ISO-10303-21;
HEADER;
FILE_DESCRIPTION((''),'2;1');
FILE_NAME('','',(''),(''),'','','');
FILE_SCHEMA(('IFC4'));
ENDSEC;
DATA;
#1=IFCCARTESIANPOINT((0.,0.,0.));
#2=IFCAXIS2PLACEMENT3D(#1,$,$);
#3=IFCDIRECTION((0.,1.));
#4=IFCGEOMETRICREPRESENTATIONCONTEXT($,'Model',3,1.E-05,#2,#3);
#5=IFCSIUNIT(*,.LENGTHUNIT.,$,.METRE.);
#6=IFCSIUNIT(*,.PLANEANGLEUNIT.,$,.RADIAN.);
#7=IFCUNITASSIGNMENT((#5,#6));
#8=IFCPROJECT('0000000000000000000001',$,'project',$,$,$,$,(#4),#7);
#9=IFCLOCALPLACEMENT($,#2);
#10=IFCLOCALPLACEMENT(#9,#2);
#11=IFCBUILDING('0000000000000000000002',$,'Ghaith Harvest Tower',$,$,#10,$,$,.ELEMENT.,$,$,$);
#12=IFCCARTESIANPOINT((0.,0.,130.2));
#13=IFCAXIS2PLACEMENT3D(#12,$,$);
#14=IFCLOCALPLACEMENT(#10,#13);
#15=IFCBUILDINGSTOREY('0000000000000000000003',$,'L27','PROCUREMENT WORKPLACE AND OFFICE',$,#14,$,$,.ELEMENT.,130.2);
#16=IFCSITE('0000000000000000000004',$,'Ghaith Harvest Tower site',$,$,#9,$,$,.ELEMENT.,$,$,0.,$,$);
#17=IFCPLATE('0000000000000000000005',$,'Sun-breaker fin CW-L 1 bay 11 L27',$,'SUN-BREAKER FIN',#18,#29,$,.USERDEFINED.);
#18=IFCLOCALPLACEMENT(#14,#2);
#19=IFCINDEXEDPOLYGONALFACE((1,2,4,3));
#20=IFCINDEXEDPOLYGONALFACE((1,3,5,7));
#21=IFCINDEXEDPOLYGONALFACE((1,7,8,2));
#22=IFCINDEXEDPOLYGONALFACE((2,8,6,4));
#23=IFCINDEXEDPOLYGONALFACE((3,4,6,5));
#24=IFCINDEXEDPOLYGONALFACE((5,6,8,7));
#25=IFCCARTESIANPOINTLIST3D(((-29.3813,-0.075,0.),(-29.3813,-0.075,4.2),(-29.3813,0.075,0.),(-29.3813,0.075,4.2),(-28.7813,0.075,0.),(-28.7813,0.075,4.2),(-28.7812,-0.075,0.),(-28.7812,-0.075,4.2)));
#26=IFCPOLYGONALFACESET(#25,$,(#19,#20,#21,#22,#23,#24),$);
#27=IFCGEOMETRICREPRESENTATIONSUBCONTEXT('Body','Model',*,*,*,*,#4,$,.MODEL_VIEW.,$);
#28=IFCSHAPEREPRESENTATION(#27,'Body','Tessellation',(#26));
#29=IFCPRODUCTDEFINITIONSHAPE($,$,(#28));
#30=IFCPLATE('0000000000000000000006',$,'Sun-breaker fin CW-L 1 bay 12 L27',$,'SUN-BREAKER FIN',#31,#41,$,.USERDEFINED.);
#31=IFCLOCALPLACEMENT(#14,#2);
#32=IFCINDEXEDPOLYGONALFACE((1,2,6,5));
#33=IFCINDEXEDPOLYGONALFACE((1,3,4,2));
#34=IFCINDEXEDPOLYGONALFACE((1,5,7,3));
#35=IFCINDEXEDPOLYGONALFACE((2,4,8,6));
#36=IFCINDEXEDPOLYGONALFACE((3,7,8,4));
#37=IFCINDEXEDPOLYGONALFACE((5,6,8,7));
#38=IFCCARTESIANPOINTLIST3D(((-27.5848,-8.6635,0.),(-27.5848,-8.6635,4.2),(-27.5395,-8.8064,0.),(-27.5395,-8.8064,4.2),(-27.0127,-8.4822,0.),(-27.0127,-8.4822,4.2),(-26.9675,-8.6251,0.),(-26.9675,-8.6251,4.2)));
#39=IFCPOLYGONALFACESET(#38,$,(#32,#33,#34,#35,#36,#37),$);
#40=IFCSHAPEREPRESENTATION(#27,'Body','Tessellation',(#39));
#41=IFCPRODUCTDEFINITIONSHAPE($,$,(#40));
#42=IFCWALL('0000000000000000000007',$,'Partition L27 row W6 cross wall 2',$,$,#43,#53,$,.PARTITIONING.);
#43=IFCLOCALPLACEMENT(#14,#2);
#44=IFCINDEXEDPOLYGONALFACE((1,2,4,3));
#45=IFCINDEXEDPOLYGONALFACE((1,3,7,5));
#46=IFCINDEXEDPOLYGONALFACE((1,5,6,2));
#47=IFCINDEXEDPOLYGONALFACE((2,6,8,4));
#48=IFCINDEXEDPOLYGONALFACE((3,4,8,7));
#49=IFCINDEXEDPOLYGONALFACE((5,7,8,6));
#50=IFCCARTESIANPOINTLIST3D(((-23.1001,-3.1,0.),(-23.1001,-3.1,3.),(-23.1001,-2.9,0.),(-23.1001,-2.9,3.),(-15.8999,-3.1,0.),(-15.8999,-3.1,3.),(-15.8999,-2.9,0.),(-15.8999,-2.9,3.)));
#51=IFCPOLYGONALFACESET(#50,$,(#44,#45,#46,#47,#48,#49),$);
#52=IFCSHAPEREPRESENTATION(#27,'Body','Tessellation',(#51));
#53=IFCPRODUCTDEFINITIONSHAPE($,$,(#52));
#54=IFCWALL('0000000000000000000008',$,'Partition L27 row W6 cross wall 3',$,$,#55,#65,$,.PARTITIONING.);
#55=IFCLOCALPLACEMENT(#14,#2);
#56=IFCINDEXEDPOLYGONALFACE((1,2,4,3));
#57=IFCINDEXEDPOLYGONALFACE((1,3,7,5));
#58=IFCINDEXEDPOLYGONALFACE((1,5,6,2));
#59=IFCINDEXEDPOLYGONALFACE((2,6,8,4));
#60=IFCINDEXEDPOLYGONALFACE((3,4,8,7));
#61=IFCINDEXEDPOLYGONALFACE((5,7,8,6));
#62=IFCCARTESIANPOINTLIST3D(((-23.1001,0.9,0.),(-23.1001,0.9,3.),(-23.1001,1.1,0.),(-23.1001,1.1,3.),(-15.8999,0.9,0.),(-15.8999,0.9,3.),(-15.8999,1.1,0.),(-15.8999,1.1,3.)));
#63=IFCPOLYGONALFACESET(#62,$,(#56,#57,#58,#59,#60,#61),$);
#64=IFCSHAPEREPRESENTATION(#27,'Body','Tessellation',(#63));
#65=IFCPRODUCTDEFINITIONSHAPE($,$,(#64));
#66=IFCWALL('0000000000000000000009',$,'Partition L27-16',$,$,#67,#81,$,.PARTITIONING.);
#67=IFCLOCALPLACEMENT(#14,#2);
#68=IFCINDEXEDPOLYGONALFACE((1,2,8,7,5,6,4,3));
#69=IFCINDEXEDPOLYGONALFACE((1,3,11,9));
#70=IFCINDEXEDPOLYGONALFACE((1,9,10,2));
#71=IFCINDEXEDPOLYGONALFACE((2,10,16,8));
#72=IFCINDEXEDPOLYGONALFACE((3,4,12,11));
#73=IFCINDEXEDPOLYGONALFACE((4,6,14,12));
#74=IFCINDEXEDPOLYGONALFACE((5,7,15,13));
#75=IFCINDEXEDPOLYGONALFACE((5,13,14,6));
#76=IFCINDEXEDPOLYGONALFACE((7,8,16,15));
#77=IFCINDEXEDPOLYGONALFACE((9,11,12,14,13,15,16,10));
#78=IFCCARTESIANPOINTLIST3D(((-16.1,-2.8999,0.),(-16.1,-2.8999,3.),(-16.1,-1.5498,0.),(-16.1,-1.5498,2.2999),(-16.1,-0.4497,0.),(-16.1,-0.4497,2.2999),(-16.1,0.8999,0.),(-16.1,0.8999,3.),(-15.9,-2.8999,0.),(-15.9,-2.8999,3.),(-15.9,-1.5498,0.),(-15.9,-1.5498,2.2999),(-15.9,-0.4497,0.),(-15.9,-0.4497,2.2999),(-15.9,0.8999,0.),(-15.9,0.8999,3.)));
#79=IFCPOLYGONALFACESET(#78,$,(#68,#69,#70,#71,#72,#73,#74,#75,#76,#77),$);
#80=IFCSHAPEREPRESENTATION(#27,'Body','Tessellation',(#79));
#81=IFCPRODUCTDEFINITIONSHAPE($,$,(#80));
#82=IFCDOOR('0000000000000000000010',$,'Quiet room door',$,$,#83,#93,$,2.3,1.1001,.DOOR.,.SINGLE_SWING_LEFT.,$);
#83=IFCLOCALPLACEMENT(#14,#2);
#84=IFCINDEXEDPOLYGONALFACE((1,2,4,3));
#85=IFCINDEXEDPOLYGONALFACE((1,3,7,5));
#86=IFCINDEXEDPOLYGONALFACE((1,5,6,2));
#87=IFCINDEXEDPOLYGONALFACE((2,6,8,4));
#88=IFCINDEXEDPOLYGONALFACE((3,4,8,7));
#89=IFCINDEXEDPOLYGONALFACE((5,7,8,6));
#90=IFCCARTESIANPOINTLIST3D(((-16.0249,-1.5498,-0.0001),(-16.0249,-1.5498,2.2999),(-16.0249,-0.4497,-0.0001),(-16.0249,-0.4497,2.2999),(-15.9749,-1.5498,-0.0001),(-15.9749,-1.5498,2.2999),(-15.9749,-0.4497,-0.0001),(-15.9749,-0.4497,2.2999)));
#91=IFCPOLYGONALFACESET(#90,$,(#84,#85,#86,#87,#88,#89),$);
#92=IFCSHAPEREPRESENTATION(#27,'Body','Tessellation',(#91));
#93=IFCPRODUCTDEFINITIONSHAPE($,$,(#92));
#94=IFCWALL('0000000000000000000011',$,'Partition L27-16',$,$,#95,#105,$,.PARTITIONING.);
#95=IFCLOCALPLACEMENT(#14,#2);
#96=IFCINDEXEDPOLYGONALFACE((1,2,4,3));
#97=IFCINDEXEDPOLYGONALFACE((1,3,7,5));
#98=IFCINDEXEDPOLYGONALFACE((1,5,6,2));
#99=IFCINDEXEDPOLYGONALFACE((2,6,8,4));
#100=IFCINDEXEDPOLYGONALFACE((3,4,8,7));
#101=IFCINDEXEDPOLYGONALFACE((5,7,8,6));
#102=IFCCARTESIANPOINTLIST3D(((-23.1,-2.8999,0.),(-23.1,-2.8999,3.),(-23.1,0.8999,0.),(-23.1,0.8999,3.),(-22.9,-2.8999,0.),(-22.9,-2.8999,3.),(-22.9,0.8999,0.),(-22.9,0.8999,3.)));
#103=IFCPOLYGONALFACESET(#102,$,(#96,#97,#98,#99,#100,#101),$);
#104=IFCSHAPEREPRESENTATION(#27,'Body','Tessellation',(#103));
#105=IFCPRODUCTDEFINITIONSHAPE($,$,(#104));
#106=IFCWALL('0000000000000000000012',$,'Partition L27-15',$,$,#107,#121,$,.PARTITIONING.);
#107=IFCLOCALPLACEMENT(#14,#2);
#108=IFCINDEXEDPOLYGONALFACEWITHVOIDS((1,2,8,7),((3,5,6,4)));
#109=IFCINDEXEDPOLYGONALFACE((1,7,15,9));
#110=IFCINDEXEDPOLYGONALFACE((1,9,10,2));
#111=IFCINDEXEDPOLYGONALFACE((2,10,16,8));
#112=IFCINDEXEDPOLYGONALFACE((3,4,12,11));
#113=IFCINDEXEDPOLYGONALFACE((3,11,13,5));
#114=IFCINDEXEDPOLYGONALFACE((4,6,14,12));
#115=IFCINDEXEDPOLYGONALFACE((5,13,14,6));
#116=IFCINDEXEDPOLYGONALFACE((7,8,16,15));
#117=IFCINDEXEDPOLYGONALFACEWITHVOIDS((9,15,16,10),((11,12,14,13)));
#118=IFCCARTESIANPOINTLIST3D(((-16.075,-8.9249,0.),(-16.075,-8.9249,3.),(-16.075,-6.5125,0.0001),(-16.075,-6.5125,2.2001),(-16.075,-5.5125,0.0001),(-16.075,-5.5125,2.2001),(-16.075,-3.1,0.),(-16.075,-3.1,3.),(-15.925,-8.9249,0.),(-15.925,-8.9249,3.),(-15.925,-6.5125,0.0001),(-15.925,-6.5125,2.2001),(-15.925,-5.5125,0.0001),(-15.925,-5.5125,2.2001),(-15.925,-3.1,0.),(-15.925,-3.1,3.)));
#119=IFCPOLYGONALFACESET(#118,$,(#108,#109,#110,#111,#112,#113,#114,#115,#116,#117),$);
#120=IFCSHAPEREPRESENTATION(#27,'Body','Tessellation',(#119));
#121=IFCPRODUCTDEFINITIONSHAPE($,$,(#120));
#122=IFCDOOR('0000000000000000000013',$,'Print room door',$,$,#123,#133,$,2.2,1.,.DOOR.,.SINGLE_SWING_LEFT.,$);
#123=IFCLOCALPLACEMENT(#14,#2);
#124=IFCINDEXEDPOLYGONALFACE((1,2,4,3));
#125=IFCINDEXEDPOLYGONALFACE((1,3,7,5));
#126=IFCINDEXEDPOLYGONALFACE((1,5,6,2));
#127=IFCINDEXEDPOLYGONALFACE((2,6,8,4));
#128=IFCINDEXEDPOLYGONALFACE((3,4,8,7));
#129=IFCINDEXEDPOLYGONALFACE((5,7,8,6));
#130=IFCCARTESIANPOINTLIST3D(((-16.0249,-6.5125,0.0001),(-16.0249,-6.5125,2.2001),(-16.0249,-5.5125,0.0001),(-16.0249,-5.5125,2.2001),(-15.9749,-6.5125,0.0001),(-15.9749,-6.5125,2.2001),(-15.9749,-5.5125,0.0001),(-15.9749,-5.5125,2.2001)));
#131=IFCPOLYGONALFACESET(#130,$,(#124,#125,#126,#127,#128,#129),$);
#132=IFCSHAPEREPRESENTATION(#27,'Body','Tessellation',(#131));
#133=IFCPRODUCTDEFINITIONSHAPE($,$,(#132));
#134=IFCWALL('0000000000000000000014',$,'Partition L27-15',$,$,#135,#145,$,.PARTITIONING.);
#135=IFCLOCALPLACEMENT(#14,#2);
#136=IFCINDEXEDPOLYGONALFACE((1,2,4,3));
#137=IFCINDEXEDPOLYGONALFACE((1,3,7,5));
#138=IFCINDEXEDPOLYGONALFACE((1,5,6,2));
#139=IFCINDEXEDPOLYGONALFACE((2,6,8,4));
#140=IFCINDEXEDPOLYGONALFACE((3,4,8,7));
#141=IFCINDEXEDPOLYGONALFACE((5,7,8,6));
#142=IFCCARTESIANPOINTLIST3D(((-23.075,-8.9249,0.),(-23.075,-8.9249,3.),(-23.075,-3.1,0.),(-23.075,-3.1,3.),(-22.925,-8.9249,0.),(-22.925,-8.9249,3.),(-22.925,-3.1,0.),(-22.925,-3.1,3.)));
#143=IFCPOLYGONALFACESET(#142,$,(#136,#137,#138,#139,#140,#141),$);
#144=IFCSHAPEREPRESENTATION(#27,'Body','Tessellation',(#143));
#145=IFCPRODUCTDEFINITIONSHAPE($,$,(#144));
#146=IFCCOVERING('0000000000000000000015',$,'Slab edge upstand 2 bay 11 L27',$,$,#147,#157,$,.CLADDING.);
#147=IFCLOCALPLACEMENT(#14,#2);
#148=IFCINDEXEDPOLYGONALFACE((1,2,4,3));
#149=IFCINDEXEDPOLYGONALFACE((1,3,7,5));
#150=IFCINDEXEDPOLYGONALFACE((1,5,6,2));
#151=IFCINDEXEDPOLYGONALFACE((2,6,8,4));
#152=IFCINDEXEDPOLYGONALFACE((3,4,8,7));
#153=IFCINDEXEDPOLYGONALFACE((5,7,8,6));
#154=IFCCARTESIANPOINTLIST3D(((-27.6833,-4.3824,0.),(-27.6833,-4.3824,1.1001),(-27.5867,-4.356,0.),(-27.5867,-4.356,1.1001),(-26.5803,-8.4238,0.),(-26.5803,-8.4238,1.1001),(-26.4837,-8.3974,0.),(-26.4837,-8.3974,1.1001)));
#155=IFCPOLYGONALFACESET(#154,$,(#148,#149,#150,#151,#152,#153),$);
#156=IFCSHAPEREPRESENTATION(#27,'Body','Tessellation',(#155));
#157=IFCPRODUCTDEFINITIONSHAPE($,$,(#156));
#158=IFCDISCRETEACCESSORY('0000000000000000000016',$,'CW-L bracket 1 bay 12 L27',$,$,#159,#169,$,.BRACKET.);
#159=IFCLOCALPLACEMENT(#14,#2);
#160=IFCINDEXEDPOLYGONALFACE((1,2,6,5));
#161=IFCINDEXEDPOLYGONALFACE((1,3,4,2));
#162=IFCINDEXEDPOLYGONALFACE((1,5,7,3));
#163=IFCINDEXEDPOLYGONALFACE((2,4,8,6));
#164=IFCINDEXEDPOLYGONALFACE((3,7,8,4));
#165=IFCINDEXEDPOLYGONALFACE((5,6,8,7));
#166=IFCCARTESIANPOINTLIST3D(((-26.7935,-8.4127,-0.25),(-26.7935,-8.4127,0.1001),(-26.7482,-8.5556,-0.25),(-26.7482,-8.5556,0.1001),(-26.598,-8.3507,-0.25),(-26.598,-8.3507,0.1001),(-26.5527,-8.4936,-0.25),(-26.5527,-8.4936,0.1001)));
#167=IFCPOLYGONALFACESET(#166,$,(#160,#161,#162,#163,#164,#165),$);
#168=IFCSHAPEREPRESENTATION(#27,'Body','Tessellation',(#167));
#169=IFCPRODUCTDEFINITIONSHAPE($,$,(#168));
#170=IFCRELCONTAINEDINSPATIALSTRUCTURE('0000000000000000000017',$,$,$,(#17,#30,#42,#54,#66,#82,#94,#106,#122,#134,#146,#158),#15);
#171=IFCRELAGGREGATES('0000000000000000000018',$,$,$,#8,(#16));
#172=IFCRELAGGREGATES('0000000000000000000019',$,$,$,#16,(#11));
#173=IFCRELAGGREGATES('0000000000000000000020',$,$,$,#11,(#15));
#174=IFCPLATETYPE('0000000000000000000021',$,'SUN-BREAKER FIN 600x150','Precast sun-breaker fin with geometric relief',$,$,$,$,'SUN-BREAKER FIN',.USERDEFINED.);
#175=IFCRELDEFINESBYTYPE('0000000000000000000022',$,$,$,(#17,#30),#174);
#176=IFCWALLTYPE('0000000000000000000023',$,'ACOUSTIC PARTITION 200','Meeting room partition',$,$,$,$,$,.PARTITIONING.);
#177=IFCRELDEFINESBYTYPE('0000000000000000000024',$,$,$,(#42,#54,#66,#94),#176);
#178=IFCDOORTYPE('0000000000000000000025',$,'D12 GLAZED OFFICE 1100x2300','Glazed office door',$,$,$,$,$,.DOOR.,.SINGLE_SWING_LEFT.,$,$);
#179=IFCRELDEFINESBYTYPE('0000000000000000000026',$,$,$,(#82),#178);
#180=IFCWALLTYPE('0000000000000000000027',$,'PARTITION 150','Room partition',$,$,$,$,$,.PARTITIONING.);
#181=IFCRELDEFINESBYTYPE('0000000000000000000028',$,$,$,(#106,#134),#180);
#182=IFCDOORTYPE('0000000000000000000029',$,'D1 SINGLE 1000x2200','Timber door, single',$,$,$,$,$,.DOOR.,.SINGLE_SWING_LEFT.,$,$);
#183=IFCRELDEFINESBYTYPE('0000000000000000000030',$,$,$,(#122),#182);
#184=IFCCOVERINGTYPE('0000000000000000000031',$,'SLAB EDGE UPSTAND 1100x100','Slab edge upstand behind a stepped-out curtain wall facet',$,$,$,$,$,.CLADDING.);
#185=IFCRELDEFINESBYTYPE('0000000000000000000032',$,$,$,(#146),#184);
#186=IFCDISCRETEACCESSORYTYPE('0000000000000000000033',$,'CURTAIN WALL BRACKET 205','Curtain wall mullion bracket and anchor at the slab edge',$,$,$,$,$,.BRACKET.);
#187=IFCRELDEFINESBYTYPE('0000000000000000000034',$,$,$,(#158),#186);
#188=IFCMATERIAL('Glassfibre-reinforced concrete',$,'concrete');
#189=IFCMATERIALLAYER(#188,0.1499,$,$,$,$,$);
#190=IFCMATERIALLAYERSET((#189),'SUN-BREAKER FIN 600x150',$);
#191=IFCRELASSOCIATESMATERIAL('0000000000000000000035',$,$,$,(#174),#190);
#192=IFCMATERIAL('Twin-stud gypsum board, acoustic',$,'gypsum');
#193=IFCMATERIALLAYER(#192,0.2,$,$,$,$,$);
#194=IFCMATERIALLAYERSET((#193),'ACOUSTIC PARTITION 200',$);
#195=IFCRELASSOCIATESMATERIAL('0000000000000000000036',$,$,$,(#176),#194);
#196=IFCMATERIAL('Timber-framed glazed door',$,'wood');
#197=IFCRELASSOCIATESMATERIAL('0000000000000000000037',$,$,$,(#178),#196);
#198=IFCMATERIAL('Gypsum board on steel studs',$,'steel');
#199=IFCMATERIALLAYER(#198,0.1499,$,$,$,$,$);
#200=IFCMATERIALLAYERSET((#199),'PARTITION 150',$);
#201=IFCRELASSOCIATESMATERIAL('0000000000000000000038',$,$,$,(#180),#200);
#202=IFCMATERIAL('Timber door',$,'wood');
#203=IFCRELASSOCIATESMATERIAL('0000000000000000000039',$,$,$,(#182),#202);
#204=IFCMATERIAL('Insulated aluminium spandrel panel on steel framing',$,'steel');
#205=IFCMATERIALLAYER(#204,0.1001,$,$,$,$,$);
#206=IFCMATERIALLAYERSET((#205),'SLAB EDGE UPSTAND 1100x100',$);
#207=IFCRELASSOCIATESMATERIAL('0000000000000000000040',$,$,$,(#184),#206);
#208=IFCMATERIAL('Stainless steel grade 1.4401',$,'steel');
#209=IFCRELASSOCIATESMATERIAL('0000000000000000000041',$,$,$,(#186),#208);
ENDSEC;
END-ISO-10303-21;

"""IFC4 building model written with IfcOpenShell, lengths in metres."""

from ifc_helpers import new_model, si_unit, direction, frame, frame_2d, origin, origin_2d, place, context, subcontext, project, spatial, rectangle, extrude, material, layer, layer_set, type_object, element, fill, save


model = new_model("IFC4")

# Units and contexts
model_context = context("Model", 3, precision=1e-05, world=origin(), true_north=direction((0.0, 1.0)))
body_context = subcontext(model_context, "Body", "Model", "MODEL_VIEW")
ifc_project = project(units=[si_unit("LENGTHUNIT", "METRE"), si_unit("PLANEANGLEUNIT", "RADIAN")], contexts=[model_context])

# Site, building, storey
site_placement = place(None, origin())
site = spatial("IfcSite", under=ifc_project, at=site_placement, Name="Ghaith Harvest Tower site", CompositionType="ELEMENT", RefElevation=0.0)
building_placement = place(site_placement, origin())
building = spatial("IfcBuilding", under=site, at=building_placement, Name="Ghaith Harvest Tower", CompositionType="ELEMENT")
storey_placement = place(building_placement, frame((0.0, 0.0, 130.2)))
storey = spatial("IfcBuildingStorey", under=building, at=storey_placement, Name="L27", Description="PROCUREMENT WORKPLACE AND OFFICE", CompositionType="ELEMENT", Elevation=130.2)

# Plates
ifc_material_1 = material(Name="Glassfibre-reinforced concrete", Category="concrete")
ifc_layer_1 = layer(ifc_material_1, 0.1499)
ifc_layer_set_1 = layer_set([ifc_layer_1], Name="SUN-BREAKER FIN 600x150")
plate_type_1 = type_object("IfcPlateType", Name="SUN-BREAKER FIN 600x150", Description="Precast sun-breaker fin with geometric relief", ElementType="SUN-BREAKER FIN", PredefinedType="USERDEFINED", material=ifc_layer_set_1)
for number, where, z_axis, x_axis, name in (
    (1, (-29.0813, 0.0, 0.0), (0.0, 0.0, 1.0), (-1.0, 0.0, 0.0), "Sun-breaker fin CW-L 1 bay 11 L27"),
    (2, (-27.2761, -8.6443, 0.0), (0.0, 0.0, 1.0), (-0.953273, -0.30211, 0.0), "Sun-breaker fin CW-L 1 bay 12 L27"),
):
    element("IfcPlate", number, at=place(storey_placement, frame(where, z_axis=z_axis, x_axis=x_axis)), inside=storey, type_object=plate_type_1, Name=name, ObjectType="SUN-BREAKER FIN", PredefinedType="USERDEFINED", context=body_context, shape_type="SweptSolid", body=[
        extrude(rectangle(XDim=0.6001, YDim=0.1499, at=origin_2d()), origin(), (0.0, 0.0, 1.0), 4.2),
    ])

# Walls
ifc_material_2 = material(Name="Twin-stud gypsum board, acoustic", Category="gypsum")
ifc_layer_2 = layer(ifc_material_2, 0.2)
ifc_layer_set_2 = layer_set([ifc_layer_2], Name="ACOUSTIC PARTITION 200")
wall_type_1 = type_object("IfcWallType", Name="ACOUSTIC PARTITION 200", Description="Meeting room partition", PredefinedType="PARTITIONING", material=ifc_layer_set_2)
for number, where, z_axis, x_axis, name in (
    (3, (-15.8999, -3.0, 0.0), (0.0, 0.0, 1.0), (-1.0, 0.0, 0.0), "Partition L27 row W6 cross wall 2"),
    (4, (-15.8999, 1.0, 0.0), (0.0, 0.0, 1.0), (-1.0, 0.0, 0.0), "Partition L27 row W6 cross wall 3"),
):
    element("IfcWall", number, at=place(storey_placement, frame(where, z_axis=z_axis, x_axis=x_axis)), inside=storey, type_object=wall_type_1, Name=name, PredefinedType="PARTITIONING", context=body_context, shape_type="SweptSolid", body=[
        extrude(rectangle(XDim=7.2002, YDim=0.2, at=frame_2d((3.6001, 0.0))), origin(), (0.0, 0.0, 1.0), 3.0),
    ])

# Wall, opening, door
wall_1_placement = place(storey_placement, frame((-16.0, -2.8999, 0.0), z_axis=(0.0, 0.0, 1.0), x_axis=(0.0, 1.0, 0.0)))
wall_1 = element("IfcWall", 5, at=wall_1_placement, inside=storey, type_object=wall_type_1, Name="Partition L27-16", PredefinedType="PARTITIONING", context=body_context, shape_type="SweptSolid", body=[
    extrude(rectangle(XDim=3.7998, YDim=0.2, at=frame_2d((1.8999, 0.0))), origin(), (0.0, 0.0, 1.0), 3.0),
])
opening_1_placement = place(wall_1_placement, frame((1.3501, 0.0, 0.0)))
opening_1 = element("IfcOpeningElement", 6, at=opening_1_placement, cuts=wall_1, PredefinedType="OPENING", context=body_context, shape_type="SweptSolid", body=[
    extrude(rectangle(XDim=1.1001, YDim=2.3, at=frame_2d((0.55, 1.1499))), frame((0.0, 0.1099, 0.0), z_axis=(0.0, -1.0, 0.0), x_axis=(1.0, 0.0, 0.0)), (0.0, 0.0, 1.0), 0.22),
])
ifc_material_3 = material(Name="Timber-framed glazed door", Category="wood")
door_type_1 = type_object("IfcDoorType", Name="D12 GLAZED OFFICE 1100x2300", Description="Glazed office door", OperationType="SINGLE_SWING_LEFT", PredefinedType="DOOR", material=ifc_material_3)
door_1_placement = place(opening_1_placement, origin())
door_1 = element("IfcDoor", 7, at=door_1_placement, inside=storey, type_object=door_type_1, Name="Quiet room door", OperationType="SINGLE_SWING_LEFT", OverallHeight=2.3, OverallWidth=1.1001, PredefinedType="DOOR", context=body_context, shape_type="SweptSolid", body=[
    extrude(rectangle(XDim=1.1001, YDim=2.3, at=frame_2d((0.55, 1.1499))), frame((0.0, 0.0249, 0.0), z_axis=(0.0, -1.0, 0.0), x_axis=(1.0, 0.0, 0.0)), (0.0, 0.0, 1.0), 0.05),
])
fill(opening_1, door_1)

# Wall
wall_2_placement = place(storey_placement, frame((-23.0, -2.8999, 0.0), z_axis=(0.0, 0.0, 1.0), x_axis=(0.0, 1.0, 0.0)))
element("IfcWall", 8, at=wall_2_placement, inside=storey, type_object=wall_type_1, Name="Partition L27-16", PredefinedType="PARTITIONING", context=body_context, shape_type="SweptSolid", body=[
    extrude(rectangle(XDim=3.7998, YDim=0.2, at=frame_2d((1.8999, 0.0))), origin(), (0.0, 0.0, 1.0), 3.0),
])

# Wall, opening, door
ifc_material_4 = material(Name="Gypsum board on steel studs", Category="steel")
ifc_layer_3 = layer(ifc_material_4, 0.1499)
ifc_layer_set_3 = layer_set([ifc_layer_3], Name="PARTITION 150")
wall_type_2 = type_object("IfcWallType", Name="PARTITION 150", Description="Room partition", PredefinedType="PARTITIONING", material=ifc_layer_set_3)
wall_3_placement = place(storey_placement, frame((-16.0, -8.925, 0.0), z_axis=(0.0, 0.0, 1.0), x_axis=(0.0, 1.0, 0.0)))
wall_3 = element("IfcWall", 9, at=wall_3_placement, inside=storey, type_object=wall_type_2, Name="Partition L27-15", PredefinedType="PARTITIONING", context=body_context, shape_type="SweptSolid", body=[
    extrude(rectangle(XDim=5.825, YDim=0.1499, at=frame_2d((2.9126, 0.0))), origin(), (0.0, 0.0, 1.0), 3.0),
])
opening_2_placement = place(wall_3_placement, frame((2.4126, 0.0, 0.0)))
opening_2 = element("IfcOpeningElement", 10, at=opening_2_placement, cuts=wall_3, PredefinedType="OPENING", context=body_context, shape_type="SweptSolid", body=[
    extrude(rectangle(XDim=1.0, YDim=2.2, at=frame_2d((0.5, 1.1001))), frame((0.0, 0.085, 0.0), z_axis=(0.0, -1.0, 0.0), x_axis=(1.0, 0.0, 0.0)), (0.0, 0.0, 1.0), 0.1699),
])
ifc_material_5 = material(Name="Timber door", Category="wood")
door_type_2 = type_object("IfcDoorType", Name="D1 SINGLE 1000x2200", Description="Timber door, single", OperationType="SINGLE_SWING_LEFT", PredefinedType="DOOR", material=ifc_material_5)
door_2_placement = place(opening_2_placement, origin())
door_2 = element("IfcDoor", 11, at=door_2_placement, inside=storey, type_object=door_type_2, Name="Print room door", OperationType="SINGLE_SWING_LEFT", OverallHeight=2.2, OverallWidth=1.0, PredefinedType="DOOR", context=body_context, shape_type="SweptSolid", body=[
    extrude(rectangle(XDim=1.0, YDim=2.2, at=frame_2d((0.5, 1.1001))), frame((0.0, 0.0249, 0.0), z_axis=(0.0, -1.0, 0.0), x_axis=(1.0, 0.0, 0.0)), (0.0, 0.0, 1.0), 0.05),
])
fill(opening_2, door_2)

# Wall
wall_4_placement = place(storey_placement, frame((-23.0, -8.925, 0.0), z_axis=(0.0, 0.0, 1.0), x_axis=(0.0, 1.0, 0.0)))
element("IfcWall", 12, at=wall_4_placement, inside=storey, type_object=wall_type_2, Name="Partition L27-15", PredefinedType="PARTITIONING", context=body_context, shape_type="SweptSolid", body=[
    extrude(rectangle(XDim=5.825, YDim=0.1499, at=frame_2d((2.9126, 0.0))), origin(), (0.0, 0.0, 1.0), 3.0),
])

# Covering
ifc_material_6 = material(Name="Insulated aluminium spandrel panel on steel framing", Category="steel")
ifc_layer_4 = layer(ifc_material_6, 0.1001)
ifc_layer_set_4 = layer_set([ifc_layer_4], Name="SLAB EDGE UPSTAND 1100x100")
covering_type = type_object("IfcCoveringType", Name="SLAB EDGE UPSTAND 1100x100", Description="Slab edge upstand behind a stepped-out curtain wall facet", PredefinedType="CLADDING", material=ifc_layer_set_4)
covering_placement = place(storey_placement, frame((-27.0835, -6.3899, 0.0), z_axis=(0.0, 0.0, 1.0), x_axis=(0.263288, -0.964717, 0.0)))
element("IfcCovering", 13, at=covering_placement, inside=storey, type_object=covering_type, Name="Slab edge upstand 2 bay 11 L27", PredefinedType="CLADDING", context=body_context, shape_type="SweptSolid", body=[
    extrude(rectangle(XDim=4.1892, YDim=0.1001, at=origin_2d()), origin(), (0.0, 0.0, 1.0), 1.1001),
])

# Discrete accessory
ifc_material_7 = material(Name="Stainless steel grade 1.4401", Category="steel")
discrete_accessory_type = type_object("IfcDiscreteAccessoryType", Name="CURTAIN WALL BRACKET 205", Description="Curtain wall mullion bracket and anchor at the slab edge", PredefinedType="BRACKET", material=ifc_material_7)
discrete_accessory_placement = place(storey_placement, frame((-26.6731, -8.4531, -0.25), z_axis=(0.0, 0.0, 1.0), x_axis=(-0.953273, -0.30211, 0.0)))
element("IfcDiscreteAccessory", 14, at=discrete_accessory_placement, inside=storey, type_object=discrete_accessory_type, Name="CW-L bracket 1 bay 12 L27", PredefinedType="BRACKET", context=body_context, shape_type="SweptSolid", body=[
    extrude(rectangle(XDim=0.2051, YDim=0.1499, at=origin_2d()), origin(), (0.0, 0.0, 1.0), 0.3501),
])

save(model, "model.ifc")
